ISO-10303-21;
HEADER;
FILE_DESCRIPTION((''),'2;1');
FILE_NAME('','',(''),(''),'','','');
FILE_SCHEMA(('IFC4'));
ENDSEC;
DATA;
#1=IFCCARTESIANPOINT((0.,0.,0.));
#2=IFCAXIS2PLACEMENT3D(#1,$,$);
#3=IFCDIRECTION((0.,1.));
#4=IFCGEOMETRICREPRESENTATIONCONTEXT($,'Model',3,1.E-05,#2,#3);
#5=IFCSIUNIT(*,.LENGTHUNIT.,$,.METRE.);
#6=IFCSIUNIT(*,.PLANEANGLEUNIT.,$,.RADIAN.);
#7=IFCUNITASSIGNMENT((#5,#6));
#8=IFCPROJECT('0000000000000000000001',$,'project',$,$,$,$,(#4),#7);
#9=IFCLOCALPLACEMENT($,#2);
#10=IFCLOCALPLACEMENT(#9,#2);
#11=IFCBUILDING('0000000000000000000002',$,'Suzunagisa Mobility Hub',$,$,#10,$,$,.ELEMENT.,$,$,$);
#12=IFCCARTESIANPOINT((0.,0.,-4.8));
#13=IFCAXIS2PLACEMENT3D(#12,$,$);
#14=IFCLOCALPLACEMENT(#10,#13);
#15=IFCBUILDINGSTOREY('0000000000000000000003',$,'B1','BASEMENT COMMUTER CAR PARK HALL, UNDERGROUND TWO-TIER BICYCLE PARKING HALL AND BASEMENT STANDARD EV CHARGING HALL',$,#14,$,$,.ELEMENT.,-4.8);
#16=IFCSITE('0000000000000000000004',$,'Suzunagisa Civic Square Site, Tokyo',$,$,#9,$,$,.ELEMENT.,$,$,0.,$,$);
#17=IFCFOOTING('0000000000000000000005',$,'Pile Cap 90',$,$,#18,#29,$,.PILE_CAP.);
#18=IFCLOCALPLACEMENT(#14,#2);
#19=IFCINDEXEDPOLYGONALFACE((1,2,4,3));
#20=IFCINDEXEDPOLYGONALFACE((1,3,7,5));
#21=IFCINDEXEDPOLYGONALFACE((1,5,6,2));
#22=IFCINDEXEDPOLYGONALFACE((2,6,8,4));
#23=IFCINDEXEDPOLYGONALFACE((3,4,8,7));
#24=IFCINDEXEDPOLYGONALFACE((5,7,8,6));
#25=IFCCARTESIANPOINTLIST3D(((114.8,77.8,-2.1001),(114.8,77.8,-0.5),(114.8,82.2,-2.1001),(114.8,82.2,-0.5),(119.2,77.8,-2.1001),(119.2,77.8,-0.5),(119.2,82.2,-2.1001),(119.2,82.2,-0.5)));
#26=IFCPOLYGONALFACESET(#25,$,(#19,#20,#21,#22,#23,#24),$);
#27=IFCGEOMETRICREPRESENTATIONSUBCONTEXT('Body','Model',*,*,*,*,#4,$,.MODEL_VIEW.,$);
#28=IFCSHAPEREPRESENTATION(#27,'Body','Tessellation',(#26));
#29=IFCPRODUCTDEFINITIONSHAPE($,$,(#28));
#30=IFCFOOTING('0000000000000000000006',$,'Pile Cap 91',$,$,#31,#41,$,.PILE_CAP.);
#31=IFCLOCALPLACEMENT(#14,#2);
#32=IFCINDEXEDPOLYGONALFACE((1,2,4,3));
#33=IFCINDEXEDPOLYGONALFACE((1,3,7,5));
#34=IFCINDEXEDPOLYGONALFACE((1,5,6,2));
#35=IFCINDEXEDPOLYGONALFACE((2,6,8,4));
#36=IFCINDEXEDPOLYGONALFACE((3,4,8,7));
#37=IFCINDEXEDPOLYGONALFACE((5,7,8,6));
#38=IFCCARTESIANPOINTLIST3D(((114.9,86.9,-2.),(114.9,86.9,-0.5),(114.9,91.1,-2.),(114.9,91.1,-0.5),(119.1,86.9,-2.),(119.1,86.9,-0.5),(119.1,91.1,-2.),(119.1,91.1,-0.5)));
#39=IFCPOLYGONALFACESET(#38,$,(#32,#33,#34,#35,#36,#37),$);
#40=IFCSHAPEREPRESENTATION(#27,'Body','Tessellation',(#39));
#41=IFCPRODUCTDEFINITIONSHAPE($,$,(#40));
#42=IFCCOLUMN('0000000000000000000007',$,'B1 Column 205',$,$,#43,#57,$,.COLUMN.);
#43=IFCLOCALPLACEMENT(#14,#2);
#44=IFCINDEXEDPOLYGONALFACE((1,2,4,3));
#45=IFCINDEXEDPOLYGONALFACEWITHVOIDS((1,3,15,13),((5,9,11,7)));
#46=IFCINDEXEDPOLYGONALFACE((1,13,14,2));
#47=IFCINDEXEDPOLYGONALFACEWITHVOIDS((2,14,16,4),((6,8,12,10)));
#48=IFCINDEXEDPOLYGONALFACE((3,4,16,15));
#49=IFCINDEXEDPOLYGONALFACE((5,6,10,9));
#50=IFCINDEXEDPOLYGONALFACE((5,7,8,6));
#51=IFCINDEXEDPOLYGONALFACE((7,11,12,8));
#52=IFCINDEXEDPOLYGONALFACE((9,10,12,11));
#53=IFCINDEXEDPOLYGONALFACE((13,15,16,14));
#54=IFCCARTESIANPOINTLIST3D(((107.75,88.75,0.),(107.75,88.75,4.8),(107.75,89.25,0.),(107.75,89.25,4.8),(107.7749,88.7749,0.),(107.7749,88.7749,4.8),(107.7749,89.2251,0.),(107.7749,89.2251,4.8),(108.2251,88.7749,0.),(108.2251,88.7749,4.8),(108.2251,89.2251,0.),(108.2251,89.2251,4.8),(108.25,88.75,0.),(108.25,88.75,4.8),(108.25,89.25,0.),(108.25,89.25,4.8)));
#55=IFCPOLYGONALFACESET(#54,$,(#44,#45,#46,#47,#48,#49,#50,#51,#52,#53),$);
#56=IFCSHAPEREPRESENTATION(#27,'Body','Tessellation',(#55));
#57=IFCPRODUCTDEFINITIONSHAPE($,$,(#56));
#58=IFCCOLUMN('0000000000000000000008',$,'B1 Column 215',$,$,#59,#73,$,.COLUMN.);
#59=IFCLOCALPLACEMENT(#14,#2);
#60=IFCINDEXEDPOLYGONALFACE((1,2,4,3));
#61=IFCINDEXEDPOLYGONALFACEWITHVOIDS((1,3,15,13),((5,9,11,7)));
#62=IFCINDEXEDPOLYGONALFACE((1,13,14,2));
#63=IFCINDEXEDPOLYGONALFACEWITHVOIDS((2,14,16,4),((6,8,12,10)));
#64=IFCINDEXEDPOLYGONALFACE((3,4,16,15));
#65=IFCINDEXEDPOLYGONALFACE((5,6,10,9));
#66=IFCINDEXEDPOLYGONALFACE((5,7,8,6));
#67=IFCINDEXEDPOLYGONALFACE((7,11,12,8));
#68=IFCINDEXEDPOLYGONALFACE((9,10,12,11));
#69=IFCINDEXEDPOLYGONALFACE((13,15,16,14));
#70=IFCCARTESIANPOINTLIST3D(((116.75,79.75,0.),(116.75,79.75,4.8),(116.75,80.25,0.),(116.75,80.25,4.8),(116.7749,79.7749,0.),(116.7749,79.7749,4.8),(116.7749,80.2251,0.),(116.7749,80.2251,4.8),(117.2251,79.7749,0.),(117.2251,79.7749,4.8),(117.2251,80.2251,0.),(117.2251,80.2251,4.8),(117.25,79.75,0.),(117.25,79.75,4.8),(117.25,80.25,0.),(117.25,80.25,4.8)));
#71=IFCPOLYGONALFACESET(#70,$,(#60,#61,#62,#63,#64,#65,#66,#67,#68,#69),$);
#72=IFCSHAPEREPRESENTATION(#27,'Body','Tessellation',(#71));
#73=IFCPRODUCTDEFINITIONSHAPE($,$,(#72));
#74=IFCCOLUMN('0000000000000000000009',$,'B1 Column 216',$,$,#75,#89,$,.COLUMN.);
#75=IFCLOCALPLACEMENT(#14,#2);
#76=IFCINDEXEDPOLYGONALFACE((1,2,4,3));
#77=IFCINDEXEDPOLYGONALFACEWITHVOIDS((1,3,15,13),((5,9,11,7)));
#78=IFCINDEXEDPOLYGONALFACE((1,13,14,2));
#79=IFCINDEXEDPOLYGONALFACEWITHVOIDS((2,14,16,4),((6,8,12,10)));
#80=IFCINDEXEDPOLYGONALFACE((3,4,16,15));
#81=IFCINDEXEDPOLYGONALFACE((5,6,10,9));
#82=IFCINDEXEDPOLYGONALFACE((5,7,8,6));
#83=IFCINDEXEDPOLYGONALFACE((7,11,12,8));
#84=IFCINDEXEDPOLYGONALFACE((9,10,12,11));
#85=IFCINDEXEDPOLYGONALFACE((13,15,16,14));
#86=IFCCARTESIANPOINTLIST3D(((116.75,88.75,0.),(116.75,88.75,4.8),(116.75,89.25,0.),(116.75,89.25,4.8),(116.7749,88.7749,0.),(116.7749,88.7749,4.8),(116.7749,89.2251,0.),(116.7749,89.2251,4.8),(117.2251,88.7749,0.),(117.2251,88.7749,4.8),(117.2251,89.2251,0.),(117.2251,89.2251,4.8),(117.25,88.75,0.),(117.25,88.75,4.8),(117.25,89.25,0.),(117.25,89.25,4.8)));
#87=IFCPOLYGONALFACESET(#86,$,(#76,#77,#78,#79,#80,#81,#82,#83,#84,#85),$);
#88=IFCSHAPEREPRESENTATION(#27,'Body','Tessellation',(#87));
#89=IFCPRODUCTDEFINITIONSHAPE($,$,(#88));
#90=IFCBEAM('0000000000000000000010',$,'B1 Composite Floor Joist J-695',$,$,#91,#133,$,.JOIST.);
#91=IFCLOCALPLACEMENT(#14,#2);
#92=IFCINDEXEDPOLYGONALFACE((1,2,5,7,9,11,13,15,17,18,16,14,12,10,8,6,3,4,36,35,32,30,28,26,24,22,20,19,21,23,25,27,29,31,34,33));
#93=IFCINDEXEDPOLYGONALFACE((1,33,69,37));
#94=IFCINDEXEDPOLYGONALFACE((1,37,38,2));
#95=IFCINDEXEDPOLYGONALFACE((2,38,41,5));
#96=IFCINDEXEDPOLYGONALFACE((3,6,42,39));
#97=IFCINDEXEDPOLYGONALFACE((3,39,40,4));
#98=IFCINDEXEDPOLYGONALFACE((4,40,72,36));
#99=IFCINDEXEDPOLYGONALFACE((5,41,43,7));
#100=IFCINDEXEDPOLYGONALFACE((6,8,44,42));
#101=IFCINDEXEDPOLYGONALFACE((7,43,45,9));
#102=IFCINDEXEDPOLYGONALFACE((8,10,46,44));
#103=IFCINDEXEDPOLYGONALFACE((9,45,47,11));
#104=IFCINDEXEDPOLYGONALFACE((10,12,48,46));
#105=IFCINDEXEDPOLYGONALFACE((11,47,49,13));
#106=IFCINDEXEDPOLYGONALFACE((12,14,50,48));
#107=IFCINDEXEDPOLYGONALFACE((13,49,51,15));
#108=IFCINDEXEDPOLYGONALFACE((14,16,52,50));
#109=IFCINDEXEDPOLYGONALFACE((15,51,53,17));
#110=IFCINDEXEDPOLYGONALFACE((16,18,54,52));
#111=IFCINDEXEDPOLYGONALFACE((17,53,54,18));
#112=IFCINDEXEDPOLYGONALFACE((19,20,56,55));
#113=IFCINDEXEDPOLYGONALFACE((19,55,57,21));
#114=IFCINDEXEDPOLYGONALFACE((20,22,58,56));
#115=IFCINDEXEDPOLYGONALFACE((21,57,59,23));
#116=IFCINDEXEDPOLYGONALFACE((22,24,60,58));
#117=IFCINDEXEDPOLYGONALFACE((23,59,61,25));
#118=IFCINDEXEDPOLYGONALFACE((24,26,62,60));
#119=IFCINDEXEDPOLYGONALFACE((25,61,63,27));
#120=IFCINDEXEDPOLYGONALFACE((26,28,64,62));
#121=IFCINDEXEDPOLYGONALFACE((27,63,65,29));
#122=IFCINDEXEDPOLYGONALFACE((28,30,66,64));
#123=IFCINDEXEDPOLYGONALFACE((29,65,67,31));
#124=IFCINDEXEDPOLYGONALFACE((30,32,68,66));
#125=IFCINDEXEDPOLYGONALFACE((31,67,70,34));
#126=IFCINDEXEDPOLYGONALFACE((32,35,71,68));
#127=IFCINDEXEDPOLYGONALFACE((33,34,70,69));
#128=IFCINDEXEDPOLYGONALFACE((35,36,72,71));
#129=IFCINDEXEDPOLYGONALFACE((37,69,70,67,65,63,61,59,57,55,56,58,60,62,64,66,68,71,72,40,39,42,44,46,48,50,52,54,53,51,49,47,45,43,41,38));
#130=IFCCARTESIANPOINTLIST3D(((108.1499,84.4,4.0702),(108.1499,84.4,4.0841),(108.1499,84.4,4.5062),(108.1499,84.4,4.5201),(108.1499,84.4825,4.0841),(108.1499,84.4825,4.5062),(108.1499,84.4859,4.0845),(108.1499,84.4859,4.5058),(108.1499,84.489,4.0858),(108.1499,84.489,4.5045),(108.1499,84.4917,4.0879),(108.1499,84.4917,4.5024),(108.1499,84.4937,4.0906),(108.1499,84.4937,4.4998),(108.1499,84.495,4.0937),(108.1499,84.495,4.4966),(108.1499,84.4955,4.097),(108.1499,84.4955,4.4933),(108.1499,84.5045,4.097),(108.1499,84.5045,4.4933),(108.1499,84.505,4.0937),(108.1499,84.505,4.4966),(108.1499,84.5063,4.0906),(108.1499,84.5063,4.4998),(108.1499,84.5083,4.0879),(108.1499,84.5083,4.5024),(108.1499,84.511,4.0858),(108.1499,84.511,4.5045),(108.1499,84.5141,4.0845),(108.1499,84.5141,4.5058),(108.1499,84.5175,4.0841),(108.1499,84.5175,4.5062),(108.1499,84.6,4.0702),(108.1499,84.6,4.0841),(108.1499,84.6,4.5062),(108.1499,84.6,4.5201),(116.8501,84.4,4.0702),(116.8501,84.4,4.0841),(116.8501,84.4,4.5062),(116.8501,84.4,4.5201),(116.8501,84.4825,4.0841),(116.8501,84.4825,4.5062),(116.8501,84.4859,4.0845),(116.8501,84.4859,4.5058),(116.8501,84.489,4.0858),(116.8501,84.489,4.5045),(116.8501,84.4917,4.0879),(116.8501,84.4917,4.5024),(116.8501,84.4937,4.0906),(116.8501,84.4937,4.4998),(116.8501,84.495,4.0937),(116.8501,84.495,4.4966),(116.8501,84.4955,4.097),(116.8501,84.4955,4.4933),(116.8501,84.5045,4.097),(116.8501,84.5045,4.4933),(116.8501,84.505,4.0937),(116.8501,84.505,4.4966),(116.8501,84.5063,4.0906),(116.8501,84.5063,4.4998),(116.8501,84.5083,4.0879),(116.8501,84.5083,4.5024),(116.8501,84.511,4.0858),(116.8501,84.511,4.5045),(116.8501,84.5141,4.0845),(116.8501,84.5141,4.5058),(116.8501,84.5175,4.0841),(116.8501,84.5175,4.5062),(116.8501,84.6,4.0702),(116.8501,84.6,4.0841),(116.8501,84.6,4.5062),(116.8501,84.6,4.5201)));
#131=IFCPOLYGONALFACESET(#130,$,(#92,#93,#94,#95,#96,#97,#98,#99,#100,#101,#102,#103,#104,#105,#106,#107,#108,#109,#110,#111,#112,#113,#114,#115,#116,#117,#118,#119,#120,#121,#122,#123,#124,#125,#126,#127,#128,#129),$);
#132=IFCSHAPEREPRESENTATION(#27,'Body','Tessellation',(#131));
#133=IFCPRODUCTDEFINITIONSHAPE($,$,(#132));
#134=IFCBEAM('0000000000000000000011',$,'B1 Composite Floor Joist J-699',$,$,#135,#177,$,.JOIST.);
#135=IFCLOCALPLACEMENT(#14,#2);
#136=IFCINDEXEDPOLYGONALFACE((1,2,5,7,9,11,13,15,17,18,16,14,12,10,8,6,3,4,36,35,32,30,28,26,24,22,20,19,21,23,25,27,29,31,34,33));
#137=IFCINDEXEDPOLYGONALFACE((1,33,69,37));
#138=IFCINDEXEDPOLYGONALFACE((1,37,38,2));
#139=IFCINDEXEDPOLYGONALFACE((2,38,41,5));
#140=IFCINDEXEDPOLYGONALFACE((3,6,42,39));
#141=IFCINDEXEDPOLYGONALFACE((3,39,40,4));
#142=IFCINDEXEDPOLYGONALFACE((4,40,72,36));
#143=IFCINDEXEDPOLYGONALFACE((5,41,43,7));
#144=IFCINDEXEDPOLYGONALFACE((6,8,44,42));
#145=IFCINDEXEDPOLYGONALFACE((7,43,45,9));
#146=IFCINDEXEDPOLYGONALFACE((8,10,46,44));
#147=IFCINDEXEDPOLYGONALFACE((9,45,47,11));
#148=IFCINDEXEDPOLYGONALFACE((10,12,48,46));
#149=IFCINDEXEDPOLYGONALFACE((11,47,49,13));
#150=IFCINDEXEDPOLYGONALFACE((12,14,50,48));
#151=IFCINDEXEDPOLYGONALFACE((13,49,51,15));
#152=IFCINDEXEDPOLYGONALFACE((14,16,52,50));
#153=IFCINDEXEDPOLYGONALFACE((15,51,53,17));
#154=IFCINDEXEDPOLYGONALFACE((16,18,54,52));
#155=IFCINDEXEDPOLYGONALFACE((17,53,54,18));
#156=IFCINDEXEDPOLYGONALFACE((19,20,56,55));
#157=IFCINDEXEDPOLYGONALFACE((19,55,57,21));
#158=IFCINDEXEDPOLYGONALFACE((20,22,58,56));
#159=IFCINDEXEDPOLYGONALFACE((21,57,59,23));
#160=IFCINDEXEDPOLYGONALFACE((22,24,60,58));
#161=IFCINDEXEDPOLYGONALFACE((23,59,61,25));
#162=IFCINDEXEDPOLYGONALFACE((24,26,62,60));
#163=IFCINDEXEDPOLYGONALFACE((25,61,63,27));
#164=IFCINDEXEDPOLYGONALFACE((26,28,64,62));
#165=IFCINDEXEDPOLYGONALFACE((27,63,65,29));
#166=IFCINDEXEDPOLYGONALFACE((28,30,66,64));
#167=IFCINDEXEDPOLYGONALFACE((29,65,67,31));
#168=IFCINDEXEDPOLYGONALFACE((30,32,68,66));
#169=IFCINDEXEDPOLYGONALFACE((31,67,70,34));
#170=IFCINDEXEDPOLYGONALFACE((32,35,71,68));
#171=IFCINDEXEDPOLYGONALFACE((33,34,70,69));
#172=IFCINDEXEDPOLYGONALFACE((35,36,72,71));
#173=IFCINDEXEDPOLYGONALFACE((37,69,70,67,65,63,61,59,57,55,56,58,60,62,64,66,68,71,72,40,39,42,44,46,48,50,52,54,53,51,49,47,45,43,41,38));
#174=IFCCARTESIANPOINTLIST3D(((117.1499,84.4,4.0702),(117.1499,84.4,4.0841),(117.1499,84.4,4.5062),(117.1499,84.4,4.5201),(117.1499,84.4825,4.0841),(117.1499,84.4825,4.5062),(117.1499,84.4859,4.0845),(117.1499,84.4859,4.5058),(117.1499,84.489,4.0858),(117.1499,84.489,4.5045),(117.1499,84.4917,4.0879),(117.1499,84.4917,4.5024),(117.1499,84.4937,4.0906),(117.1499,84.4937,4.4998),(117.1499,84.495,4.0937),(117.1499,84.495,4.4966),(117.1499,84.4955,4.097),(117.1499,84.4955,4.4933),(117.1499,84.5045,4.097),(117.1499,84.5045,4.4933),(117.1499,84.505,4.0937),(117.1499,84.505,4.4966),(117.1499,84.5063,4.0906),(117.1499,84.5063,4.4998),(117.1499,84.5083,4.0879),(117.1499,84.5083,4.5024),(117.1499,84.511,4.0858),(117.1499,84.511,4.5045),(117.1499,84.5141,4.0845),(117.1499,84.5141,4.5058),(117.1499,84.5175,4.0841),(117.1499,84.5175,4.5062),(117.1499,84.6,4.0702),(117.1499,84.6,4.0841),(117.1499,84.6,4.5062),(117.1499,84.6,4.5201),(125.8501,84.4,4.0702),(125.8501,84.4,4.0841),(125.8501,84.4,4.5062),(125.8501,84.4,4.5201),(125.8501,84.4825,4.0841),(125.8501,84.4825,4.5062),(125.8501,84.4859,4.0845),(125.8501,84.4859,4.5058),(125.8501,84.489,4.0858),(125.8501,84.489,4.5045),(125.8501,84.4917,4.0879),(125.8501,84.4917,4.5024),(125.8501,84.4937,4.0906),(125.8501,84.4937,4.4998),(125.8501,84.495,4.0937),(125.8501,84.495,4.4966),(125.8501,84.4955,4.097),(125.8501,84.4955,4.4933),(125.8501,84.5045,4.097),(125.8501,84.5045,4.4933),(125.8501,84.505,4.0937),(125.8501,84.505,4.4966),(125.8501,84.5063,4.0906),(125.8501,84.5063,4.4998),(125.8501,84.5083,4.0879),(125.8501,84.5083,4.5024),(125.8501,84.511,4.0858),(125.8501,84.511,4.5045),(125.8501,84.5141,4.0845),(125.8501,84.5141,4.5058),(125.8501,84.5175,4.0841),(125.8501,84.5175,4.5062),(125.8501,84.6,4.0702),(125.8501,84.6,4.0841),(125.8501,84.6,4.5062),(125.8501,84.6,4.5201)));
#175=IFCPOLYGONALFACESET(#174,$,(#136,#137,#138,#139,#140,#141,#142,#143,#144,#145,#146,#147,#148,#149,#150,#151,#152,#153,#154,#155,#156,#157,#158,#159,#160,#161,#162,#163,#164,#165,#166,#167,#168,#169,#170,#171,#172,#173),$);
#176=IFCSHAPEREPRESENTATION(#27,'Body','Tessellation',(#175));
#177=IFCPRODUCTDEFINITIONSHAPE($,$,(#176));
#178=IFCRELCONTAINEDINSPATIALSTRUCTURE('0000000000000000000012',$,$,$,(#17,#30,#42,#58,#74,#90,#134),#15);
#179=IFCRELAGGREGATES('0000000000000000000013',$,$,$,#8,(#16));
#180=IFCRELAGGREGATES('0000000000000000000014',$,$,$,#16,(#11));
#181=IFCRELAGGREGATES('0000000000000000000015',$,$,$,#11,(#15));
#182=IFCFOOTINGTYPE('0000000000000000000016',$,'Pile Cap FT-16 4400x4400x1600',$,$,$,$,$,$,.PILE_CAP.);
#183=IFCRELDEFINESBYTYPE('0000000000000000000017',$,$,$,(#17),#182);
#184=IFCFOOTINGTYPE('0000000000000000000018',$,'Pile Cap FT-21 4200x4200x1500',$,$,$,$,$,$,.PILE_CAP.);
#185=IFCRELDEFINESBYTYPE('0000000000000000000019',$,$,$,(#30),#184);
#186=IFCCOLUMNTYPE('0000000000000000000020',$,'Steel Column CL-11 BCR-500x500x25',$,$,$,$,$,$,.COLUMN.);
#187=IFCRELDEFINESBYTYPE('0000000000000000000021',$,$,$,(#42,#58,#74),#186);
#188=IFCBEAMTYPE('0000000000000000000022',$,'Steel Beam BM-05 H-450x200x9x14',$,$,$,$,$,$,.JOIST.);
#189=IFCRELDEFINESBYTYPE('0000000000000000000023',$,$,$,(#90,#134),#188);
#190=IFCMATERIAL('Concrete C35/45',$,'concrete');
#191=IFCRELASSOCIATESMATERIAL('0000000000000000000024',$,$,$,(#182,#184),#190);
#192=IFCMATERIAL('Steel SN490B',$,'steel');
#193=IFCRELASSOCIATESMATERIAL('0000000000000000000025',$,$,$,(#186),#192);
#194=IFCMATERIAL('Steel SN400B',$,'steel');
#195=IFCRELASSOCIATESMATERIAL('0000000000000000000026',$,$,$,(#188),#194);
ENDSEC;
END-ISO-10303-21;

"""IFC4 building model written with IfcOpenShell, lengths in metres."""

from ifc_helpers import new_model, si_unit, direction, frame, origin, origin_2d, place, context, subcontext, project, spatial, rectangle, hollow_rectangle, i_section, extrude, material, material_profile, profile_set, type_object, element, save


model = new_model("IFC4")

# Units and contexts
model_context = context("Model", 3, precision=1e-05, world=origin(), true_north=direction((0.0, 1.0)))
body_context = subcontext(model_context, "Body", "Model", "MODEL_VIEW")
ifc_project = project(units=[si_unit("LENGTHUNIT", "METRE"), si_unit("PLANEANGLEUNIT", "RADIAN")], contexts=[model_context])

# Site, building, storey
site_placement = place(None, origin())
site = spatial("IfcSite", under=ifc_project, at=site_placement, Name="Suzunagisa Civic Square Site, Tokyo", CompositionType="ELEMENT", RefElevation=0.0)
building_placement = place(site_placement, origin())
building = spatial("IfcBuilding", under=site, at=building_placement, Name="Suzunagisa Mobility Hub", CompositionType="ELEMENT")
storey_placement = place(building_placement, frame((0.0, 0.0, -4.8)))
storey = spatial("IfcBuildingStorey", under=building, at=storey_placement, Name="B1", Description="BASEMENT COMMUTER CAR PARK HALL, UNDERGROUND TWO-TIER BICYCLE PARKING HALL AND BASEMENT STANDARD EV CHARGING HALL", CompositionType="ELEMENT", Elevation=-4.8)

# Footings
ifc_material_1 = material(Name="Concrete C35/45", Category="concrete")
footing_type_1 = type_object("IfcFootingType", Name="Pile Cap FT-16 4400x4400x1600", PredefinedType="PILE_CAP", material=ifc_material_1)
footing_1_placement = place(storey_placement, frame((117.0, 80.0, -2.1001), z_axis=(0.0, 0.0, 1.0), x_axis=(1.0, 0.0, 0.0)))
element("IfcFooting", 1, at=footing_1_placement, inside=storey, type_object=footing_type_1, Name="Pile Cap 90", PredefinedType="PILE_CAP", context=body_context, shape_type="SweptSolid", body=[
    extrude(rectangle(XDim=4.3999, YDim=4.3999, at=origin_2d()), origin(), (0.0, 0.0, 1.0), 1.6001),
])
footing_type_2 = type_object("IfcFootingType", Name="Pile Cap FT-21 4200x4200x1500", PredefinedType="PILE_CAP", material=ifc_material_1)
footing_2_placement = place(storey_placement, frame((117.0, 89.0, -2.0), z_axis=(0.0, 0.0, 1.0), x_axis=(1.0, 0.0, 0.0)))
element("IfcFooting", 2, at=footing_2_placement, inside=storey, type_object=footing_type_2, Name="Pile Cap 91", PredefinedType="PILE_CAP", context=body_context, shape_type="SweptSolid", body=[
    extrude(rectangle(XDim=4.2, YDim=4.2, at=origin_2d()), origin(), (0.0, 0.0, 1.0), 1.5),
])

# Columns
ifc_material_2 = material(Name="Steel SN490B", Category="steel")
ifc_material_profile_1 = material_profile(ifc_material_2, hollow_rectangle(XDim=0.5, YDim=0.5, WallThickness=0.0249, at=origin_2d()), Name="BCR-500x500x25")
ifc_profile_set_1 = profile_set([ifc_material_profile_1], Name="Steel SN490B")
column_type = type_object("IfcColumnType", Name="Steel Column CL-11 BCR-500x500x25", PredefinedType="COLUMN", material=ifc_profile_set_1)
for number, where, z_axis, x_axis, name in (
    (3, (108.0, 89.0, 0.0), (0.0, 0.0, 1.0), (1.0, 0.0, 0.0), "B1 Column 205"),
    (4, (117.0, 80.0, 0.0), (0.0, 0.0, 1.0), (1.0, 0.0, 0.0), "B1 Column 215"),
    (5, (117.0, 89.0, 0.0), (0.0, 0.0, 1.0), (1.0, 0.0, 0.0), "B1 Column 216"),
):
    element("IfcColumn", number, at=place(storey_placement, frame(where, z_axis=z_axis, x_axis=x_axis)), inside=storey, type_object=column_type, Name=name, PredefinedType="COLUMN", context=body_context, shape_type="SweptSolid", body=[
        extrude(hollow_rectangle(XDim=0.5, YDim=0.5, WallThickness=0.0249, at=origin_2d()), origin(), (0.0, 0.0, 1.0), 4.8),
    ])

# Beams
ifc_material_3 = material(Name="Steel SN400B", Category="steel")
ifc_material_profile_2 = material_profile(ifc_material_3, i_section(OverallWidth=0.2, OverallDepth=0.45, WebThickness=0.009, FlangeThickness=0.0139, FilletRadius=0.0129, at=origin_2d()), Name="H-450x200x9x14")
ifc_profile_set_2 = profile_set([ifc_material_profile_2], Name="Steel SN400B")
beam_type_1 = type_object("IfcBeamType", Name="Steel Beam BM-05 H-450x200x9x14", PredefinedType="JOIST", material=ifc_profile_set_2)
for number, where, z_axis, x_axis, name in (
    (6, (108.1499, 84.5, 4.2952), (1.0, 0.0, 0.0), (0.0, 1.0, 0.0), "B1 Composite Floor Joist J-695"),
    (7, (117.1499, 84.5, 4.2952), (1.0, 0.0, 0.0), (0.0, 1.0, 0.0), "B1 Composite Floor Joist J-699"),
):
    element("IfcBeam", number, at=place(storey_placement, frame(where, z_axis=z_axis, x_axis=x_axis)), inside=storey, type_object=beam_type_1, Name=name, PredefinedType="JOIST", context=body_context, shape_type="SweptSolid", body=[
        extrude(i_section(OverallWidth=0.2, OverallDepth=0.45, WebThickness=0.009, FlangeThickness=0.0139, FilletRadius=0.0129, at=origin_2d()), origin(), (0.0, 0.0, 1.0), 8.7002),
    ])

save(model, "model.ifc")
